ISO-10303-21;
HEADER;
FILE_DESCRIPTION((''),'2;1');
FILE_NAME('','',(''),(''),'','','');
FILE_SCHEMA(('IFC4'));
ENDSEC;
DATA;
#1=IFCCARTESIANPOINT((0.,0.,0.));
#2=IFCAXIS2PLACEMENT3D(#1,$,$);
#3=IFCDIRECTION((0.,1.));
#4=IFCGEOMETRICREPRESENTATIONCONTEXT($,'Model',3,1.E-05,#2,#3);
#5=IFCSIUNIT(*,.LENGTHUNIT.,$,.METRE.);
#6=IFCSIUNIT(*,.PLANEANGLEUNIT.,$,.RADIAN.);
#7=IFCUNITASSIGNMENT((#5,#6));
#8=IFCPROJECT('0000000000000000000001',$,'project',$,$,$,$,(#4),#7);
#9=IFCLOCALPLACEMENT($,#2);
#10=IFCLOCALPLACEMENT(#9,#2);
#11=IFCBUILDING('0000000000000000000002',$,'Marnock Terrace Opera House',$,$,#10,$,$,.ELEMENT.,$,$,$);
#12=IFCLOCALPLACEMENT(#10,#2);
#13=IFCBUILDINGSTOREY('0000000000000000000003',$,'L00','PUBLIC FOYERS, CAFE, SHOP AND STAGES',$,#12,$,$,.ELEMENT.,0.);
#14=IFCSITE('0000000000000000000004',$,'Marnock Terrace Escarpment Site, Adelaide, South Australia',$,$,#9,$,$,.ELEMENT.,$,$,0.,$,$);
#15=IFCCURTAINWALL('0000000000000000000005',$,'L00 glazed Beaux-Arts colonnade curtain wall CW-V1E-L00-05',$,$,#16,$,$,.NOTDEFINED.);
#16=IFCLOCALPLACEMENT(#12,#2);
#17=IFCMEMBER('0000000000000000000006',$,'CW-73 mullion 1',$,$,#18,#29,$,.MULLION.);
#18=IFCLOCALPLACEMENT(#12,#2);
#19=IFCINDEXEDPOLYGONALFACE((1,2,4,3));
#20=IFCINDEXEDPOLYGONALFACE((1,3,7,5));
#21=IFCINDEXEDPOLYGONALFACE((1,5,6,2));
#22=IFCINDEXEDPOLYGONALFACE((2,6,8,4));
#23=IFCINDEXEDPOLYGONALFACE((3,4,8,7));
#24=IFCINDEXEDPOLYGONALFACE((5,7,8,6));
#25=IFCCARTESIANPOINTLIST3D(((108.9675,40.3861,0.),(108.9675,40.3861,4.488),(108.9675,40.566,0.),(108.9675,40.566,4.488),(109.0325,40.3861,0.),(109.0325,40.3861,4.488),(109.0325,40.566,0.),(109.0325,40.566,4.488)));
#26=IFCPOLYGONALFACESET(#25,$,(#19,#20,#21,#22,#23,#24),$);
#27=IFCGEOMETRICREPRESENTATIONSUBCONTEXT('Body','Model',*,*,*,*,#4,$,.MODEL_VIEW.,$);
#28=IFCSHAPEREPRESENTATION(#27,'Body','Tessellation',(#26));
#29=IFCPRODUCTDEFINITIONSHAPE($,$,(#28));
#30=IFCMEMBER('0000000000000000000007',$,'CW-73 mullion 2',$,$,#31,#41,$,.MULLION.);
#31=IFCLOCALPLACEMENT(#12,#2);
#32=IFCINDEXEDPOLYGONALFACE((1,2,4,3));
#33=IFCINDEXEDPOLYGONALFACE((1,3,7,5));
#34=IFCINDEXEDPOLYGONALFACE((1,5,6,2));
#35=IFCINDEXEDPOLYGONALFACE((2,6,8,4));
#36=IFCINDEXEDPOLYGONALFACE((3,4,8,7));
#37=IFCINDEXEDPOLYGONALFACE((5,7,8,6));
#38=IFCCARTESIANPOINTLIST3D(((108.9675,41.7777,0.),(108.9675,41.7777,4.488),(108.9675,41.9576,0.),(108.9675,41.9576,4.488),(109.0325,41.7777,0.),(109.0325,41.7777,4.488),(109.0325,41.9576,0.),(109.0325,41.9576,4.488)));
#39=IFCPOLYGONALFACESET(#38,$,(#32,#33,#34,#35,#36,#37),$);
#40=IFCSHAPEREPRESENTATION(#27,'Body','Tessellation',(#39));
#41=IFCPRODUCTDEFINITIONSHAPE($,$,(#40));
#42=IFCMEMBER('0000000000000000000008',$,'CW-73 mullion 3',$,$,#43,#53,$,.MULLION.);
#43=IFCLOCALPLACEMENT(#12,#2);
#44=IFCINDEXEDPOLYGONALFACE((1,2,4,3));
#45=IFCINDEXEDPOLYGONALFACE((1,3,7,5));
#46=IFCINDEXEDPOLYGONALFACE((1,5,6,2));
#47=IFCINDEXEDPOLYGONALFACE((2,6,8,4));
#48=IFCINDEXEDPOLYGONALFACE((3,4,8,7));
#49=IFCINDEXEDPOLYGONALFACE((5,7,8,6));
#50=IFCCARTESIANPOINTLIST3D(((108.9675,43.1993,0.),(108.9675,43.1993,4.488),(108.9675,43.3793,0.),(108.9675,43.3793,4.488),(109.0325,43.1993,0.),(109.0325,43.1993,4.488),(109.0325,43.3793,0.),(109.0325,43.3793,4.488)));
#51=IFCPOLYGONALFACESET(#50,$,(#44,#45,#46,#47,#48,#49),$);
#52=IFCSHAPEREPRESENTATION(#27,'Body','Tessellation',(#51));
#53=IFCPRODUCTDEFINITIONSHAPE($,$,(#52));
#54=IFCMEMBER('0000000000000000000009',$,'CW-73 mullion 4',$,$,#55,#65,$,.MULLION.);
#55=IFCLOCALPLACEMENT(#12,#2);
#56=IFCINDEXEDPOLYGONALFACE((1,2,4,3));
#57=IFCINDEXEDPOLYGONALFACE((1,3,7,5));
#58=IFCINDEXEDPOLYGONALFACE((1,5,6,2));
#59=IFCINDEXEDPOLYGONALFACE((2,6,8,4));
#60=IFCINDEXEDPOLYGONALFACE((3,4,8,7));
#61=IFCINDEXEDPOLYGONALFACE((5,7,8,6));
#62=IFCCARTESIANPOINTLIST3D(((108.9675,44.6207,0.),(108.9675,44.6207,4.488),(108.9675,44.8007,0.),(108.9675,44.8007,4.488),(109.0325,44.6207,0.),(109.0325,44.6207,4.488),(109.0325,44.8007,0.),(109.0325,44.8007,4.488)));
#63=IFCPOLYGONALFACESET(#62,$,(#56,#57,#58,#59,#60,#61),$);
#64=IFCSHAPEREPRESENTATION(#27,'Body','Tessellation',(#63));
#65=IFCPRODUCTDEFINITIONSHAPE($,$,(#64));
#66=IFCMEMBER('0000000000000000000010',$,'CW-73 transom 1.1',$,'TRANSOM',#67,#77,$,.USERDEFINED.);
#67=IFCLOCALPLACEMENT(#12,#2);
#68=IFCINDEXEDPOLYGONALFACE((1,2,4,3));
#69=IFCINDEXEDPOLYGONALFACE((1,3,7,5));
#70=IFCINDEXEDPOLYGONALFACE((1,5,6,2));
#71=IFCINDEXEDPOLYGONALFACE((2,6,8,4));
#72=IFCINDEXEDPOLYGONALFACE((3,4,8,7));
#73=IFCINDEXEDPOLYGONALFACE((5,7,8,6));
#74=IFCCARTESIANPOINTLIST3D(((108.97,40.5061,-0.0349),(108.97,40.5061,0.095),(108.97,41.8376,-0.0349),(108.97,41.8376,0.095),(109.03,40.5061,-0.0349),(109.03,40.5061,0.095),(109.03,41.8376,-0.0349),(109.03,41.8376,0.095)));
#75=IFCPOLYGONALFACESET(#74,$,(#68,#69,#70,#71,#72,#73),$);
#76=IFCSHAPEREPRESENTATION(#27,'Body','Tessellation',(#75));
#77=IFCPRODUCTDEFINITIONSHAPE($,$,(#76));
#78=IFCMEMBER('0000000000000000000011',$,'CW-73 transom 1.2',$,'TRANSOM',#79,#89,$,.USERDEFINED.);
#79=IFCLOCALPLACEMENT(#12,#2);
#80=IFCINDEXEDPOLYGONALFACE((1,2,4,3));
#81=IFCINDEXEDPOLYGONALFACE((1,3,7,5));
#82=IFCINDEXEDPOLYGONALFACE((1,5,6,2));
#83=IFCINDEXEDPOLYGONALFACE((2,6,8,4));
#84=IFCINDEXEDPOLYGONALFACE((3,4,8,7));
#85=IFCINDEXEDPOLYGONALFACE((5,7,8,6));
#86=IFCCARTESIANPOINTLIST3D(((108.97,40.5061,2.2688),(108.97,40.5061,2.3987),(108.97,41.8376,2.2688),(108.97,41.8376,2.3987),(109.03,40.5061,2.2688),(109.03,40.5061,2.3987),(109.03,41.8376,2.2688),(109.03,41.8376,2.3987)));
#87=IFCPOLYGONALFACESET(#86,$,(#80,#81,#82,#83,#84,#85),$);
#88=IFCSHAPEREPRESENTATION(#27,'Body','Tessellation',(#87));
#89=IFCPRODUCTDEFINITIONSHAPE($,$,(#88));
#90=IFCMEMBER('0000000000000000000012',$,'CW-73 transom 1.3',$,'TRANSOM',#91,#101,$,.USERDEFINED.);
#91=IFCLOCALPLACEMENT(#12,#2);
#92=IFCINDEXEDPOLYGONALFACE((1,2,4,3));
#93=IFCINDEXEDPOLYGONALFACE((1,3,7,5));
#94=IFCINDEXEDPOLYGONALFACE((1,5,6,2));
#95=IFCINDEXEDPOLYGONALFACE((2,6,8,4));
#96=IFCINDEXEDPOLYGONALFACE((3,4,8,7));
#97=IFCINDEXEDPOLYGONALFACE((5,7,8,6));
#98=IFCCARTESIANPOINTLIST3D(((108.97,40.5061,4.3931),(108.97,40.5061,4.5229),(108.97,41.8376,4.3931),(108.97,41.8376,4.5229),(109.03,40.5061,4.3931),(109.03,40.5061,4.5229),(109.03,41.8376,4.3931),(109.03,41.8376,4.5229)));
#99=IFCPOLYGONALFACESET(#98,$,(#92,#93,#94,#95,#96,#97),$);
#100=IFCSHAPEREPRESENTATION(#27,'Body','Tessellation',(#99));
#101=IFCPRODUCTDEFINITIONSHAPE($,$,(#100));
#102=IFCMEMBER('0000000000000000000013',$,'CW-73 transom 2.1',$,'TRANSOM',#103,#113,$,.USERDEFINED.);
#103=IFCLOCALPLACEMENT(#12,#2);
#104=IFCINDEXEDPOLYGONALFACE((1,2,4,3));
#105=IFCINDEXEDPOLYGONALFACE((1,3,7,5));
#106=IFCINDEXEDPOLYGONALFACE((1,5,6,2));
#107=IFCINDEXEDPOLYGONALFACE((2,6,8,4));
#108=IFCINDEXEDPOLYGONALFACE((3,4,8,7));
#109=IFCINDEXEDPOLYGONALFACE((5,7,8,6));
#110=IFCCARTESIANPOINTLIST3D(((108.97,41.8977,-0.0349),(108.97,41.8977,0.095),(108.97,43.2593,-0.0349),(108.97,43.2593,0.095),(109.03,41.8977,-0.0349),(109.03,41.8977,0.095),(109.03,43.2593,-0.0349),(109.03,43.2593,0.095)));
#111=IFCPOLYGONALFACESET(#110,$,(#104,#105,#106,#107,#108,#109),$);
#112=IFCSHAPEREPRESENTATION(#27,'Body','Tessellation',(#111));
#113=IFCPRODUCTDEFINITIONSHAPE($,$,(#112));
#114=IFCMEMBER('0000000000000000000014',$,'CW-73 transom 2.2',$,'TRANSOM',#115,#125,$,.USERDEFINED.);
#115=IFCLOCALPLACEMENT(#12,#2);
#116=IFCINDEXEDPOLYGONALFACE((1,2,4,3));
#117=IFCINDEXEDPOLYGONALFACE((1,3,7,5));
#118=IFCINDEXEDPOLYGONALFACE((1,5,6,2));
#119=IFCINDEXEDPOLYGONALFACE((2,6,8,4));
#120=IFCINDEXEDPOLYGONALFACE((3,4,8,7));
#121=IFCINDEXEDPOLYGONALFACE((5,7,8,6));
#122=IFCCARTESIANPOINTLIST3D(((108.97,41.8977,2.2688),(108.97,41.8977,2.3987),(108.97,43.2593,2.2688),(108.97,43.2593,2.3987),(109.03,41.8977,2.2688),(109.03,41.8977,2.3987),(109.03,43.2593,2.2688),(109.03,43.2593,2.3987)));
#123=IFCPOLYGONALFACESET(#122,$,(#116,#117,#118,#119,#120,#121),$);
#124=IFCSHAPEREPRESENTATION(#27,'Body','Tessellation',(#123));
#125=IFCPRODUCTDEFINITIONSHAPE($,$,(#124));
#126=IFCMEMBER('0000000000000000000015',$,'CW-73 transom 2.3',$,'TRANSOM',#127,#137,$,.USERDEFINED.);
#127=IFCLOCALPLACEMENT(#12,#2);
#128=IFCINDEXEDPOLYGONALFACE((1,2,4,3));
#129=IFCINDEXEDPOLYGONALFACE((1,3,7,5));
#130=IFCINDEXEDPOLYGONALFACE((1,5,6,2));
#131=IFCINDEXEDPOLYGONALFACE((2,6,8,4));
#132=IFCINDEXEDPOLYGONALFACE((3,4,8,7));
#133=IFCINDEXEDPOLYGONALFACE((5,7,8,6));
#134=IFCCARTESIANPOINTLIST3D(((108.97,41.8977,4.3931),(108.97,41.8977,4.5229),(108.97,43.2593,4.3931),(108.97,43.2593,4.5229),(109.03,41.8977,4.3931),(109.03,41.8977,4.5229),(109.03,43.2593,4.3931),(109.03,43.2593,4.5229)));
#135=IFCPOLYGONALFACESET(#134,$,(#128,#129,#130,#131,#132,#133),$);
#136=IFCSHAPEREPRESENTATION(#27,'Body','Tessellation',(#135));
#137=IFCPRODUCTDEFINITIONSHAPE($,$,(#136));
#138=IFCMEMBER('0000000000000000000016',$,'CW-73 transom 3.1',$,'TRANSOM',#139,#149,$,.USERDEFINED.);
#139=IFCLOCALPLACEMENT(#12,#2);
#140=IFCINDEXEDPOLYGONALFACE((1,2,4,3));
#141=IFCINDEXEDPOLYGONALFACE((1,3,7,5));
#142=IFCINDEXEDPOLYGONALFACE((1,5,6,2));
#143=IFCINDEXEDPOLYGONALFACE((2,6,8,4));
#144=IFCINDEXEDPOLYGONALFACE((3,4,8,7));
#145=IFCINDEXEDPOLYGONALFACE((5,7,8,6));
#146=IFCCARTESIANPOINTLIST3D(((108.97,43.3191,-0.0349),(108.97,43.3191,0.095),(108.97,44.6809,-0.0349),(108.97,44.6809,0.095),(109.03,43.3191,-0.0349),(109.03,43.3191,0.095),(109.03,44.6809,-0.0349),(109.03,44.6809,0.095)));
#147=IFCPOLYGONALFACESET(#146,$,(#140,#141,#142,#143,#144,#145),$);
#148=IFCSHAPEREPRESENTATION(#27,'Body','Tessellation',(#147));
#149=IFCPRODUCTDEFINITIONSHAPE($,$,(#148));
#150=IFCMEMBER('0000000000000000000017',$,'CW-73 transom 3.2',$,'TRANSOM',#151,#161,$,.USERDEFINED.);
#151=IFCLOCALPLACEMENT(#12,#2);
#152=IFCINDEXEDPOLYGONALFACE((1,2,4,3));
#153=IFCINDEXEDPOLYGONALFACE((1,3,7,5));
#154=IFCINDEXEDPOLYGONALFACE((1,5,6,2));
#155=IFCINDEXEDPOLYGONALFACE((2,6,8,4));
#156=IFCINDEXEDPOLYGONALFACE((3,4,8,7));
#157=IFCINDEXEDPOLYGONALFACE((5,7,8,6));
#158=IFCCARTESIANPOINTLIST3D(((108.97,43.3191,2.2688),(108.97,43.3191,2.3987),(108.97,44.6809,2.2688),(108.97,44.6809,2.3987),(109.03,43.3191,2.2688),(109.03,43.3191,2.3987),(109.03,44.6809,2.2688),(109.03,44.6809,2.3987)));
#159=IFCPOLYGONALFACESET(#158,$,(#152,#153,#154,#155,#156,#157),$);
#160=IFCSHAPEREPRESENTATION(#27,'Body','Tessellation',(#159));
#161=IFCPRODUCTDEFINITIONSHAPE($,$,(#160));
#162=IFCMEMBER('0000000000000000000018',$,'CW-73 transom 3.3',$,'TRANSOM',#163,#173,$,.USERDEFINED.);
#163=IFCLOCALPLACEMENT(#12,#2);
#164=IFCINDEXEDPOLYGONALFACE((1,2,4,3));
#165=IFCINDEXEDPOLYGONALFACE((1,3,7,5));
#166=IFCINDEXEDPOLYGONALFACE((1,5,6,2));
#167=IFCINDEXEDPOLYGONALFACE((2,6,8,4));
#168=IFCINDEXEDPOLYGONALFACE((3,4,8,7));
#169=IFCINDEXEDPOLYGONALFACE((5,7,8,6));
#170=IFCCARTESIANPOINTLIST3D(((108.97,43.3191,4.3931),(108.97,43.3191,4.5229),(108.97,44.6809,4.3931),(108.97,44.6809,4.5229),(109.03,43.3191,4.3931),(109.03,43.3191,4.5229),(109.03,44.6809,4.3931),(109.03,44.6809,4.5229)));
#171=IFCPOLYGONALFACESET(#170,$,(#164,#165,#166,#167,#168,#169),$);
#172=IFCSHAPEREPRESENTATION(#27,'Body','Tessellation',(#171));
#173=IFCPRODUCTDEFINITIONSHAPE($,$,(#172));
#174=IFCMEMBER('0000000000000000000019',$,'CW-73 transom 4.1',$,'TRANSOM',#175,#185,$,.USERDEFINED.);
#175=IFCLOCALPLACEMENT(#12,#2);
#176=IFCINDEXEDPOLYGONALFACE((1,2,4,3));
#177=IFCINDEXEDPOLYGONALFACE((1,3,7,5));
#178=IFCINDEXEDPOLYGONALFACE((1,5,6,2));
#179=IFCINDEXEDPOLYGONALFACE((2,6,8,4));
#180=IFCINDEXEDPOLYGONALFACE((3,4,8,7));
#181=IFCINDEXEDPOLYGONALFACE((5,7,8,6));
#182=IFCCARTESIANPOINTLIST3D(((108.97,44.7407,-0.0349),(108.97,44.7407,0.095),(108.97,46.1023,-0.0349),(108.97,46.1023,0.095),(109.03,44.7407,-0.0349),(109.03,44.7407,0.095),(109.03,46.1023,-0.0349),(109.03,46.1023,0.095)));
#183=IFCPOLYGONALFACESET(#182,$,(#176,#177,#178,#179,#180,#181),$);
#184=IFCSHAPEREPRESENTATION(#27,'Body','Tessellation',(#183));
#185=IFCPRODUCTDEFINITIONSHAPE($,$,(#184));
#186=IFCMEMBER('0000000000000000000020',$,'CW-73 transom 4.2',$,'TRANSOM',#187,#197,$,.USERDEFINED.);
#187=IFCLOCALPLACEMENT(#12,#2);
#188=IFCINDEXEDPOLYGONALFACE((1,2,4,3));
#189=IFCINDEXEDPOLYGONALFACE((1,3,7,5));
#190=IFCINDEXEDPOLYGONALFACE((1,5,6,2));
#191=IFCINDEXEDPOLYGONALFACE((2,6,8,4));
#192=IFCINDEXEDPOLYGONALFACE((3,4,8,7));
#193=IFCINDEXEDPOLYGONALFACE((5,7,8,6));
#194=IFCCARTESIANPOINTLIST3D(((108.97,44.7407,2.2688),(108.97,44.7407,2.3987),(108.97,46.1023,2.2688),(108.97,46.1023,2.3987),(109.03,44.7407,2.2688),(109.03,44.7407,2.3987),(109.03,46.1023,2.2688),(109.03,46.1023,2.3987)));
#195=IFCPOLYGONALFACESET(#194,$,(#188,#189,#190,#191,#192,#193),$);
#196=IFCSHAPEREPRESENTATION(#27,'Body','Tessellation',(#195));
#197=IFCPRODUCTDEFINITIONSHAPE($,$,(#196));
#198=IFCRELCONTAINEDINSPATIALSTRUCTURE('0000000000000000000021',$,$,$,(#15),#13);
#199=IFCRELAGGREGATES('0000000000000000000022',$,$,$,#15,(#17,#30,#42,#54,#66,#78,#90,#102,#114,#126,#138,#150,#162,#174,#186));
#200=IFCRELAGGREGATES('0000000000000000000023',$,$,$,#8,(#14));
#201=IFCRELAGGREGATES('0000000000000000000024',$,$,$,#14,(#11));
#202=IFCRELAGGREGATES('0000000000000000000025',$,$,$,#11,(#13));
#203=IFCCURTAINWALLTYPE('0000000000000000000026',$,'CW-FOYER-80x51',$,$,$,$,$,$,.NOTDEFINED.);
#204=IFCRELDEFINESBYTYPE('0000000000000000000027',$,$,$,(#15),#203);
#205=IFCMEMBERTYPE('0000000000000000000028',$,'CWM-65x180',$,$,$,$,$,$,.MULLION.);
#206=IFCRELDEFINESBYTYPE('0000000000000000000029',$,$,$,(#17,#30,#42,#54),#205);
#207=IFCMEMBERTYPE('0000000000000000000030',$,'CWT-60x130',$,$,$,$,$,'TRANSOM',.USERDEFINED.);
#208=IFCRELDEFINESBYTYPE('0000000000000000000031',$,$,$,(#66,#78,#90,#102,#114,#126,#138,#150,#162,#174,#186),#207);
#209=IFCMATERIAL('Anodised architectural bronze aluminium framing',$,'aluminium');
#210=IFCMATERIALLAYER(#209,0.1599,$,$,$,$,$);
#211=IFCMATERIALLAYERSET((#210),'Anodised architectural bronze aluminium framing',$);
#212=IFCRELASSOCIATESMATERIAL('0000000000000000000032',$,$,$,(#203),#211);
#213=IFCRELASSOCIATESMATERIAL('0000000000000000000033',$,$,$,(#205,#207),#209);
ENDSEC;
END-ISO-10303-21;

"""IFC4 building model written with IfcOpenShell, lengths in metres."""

from ifc_helpers import new_model, si_unit, direction, frame, origin, origin_2d, place, context, subcontext, project, spatial, rectangle, extrude, material, layer, layer_set, material_profile, profile_set, type_object, element, aggregate, save


model = new_model("IFC4")

# Units and contexts
model_context = context("Model", 3, precision=1e-05, world=origin(), true_north=direction((0.0, 1.0)))
body_context = subcontext(model_context, "Body", "Model", "MODEL_VIEW")
ifc_project = project(units=[si_unit("LENGTHUNIT", "METRE"), si_unit("PLANEANGLEUNIT", "RADIAN")], contexts=[model_context])

# Site, building, storey
site_placement = place(None, origin())
site = spatial("IfcSite", under=ifc_project, at=site_placement, Name="Marnock Terrace Escarpment Site, Adelaide, South Australia", CompositionType="ELEMENT", RefElevation=0.0)
building_placement = place(site_placement, origin())
building = spatial("IfcBuilding", under=site, at=building_placement, Name="Marnock Terrace Opera House", CompositionType="ELEMENT")
storey_placement = place(building_placement, origin())
storey = spatial("IfcBuildingStorey", under=building, at=storey_placement, Name="L00", Description="PUBLIC FOYERS, CAFE, SHOP AND STAGES", CompositionType="ELEMENT", Elevation=0.0)

# Curtain wall, members
ifc_material_1 = material(Name="Anodised architectural bronze aluminium framing", Category="aluminium")
ifc_layer_1 = layer(ifc_material_1, 0.1599)
ifc_layer_set_1 = layer_set([ifc_layer_1], Name="Anodised architectural bronze aluminium framing")
curtain_wall_type = type_object("IfcCurtainWallType", Name="CW-FOYER-80x51", PredefinedType="NOTDEFINED", material=ifc_layer_set_1)
curtain_wall_placement = place(storey_placement, origin())
curtain_wall = element("IfcCurtainWall", 1, at=curtain_wall_placement, inside=storey, type_object=curtain_wall_type, Name="L00 glazed Beaux-Arts colonnade curtain wall CW-V1E-L00-05", PredefinedType="NOTDEFINED")
ifc_material_profile_1 = material_profile(ifc_material_1, rectangle(XDim=0.0649, YDim=0.1799, at=origin_2d()))
ifc_profile_set_1 = profile_set([ifc_material_profile_1], Name="Anodised architectural bronze aluminium framing")
member_type_1 = type_object("IfcMemberType", Name="CWM-65x180", PredefinedType="MULLION", material=ifc_profile_set_1)
member_1_placement = place(storey_placement, frame((109.0, 40.4761, 0.0), z_axis=(0.0, 0.0, 1.0), x_axis=(-1.0, 0.0, 0.0)))
member_1 = element("IfcMember", 2, at=member_1_placement, type_object=member_type_1, Name="CW-73 mullion 1", PredefinedType="MULLION", context=body_context, shape_type="SweptSolid", body=[
    extrude(rectangle(XDim=0.0649, YDim=0.1799, at=origin_2d()), origin(), (0.0, 0.0, 1.0), 4.488),
])
member_2_placement = place(storey_placement, frame((109.0, 41.8677, 0.0), z_axis=(0.0, 0.0, 1.0), x_axis=(-1.0, 0.0, 0.0)))
member_2 = element("IfcMember", 3, at=member_2_placement, type_object=member_type_1, Name="CW-73 mullion 2", PredefinedType="MULLION", context=body_context, shape_type="SweptSolid", body=[
    extrude(rectangle(XDim=0.0649, YDim=0.1799, at=origin_2d()), origin(), (0.0, 0.0, 1.0), 4.488),
])
member_3_placement = place(storey_placement, frame((109.0, 43.2893, 0.0), z_axis=(0.0, 0.0, 1.0), x_axis=(-1.0, 0.0, 0.0)))
member_3 = element("IfcMember", 4, at=member_3_placement, type_object=member_type_1, Name="CW-73 mullion 3", PredefinedType="MULLION", context=body_context, shape_type="SweptSolid", body=[
    extrude(rectangle(XDim=0.0649, YDim=0.1799, at=origin_2d()), origin(), (0.0, 0.0, 1.0), 4.488),
])
member_4_placement = place(storey_placement, frame((109.0, 44.7107, 0.0), z_axis=(0.0, 0.0, 1.0), x_axis=(-1.0, 0.0, 0.0)))
member_4 = element("IfcMember", 5, at=member_4_placement, type_object=member_type_1, Name="CW-73 mullion 4", PredefinedType="MULLION", context=body_context, shape_type="SweptSolid", body=[
    extrude(rectangle(XDim=0.0649, YDim=0.1799, at=origin_2d()), origin(), (0.0, 0.0, 1.0), 4.488),
])
ifc_material_profile_2 = material_profile(ifc_material_1, rectangle(XDim=0.0601, YDim=0.1299, at=origin_2d()))
ifc_profile_set_2 = profile_set([ifc_material_profile_2], Name="Anodised architectural bronze aluminium framing")
member_type_2 = type_object("IfcMemberType", Name="CWT-60x130", ElementType="TRANSOM", PredefinedType="USERDEFINED", material=ifc_profile_set_2)
member_5_placement = place(storey_placement, frame((109.0, 40.5061, 0.03), z_axis=(0.0, 1.0, 0.0), x_axis=(-1.0, 0.0, 0.0)))
member_5 = element("IfcMember", 6, at=member_5_placement, type_object=member_type_2, Name="CW-73 transom 1.1", ObjectType="TRANSOM", PredefinedType="USERDEFINED", context=body_context, shape_type="SweptSolid", body=[
    extrude(rectangle(XDim=0.0601, YDim=0.1299, at=origin_2d()), origin(), (0.0, 0.0, 1.0), 1.3315),
])
member_6_placement = place(storey_placement, frame((109.0, 40.5061, 2.3337), z_axis=(0.0, 1.0, 0.0), x_axis=(-1.0, 0.0, 0.0)))
member_6 = element("IfcMember", 7, at=member_6_placement, type_object=member_type_2, Name="CW-73 transom 1.2", ObjectType="TRANSOM", PredefinedType="USERDEFINED", context=body_context, shape_type="SweptSolid", body=[
    extrude(rectangle(XDim=0.0601, YDim=0.1299, at=origin_2d()), origin(), (0.0, 0.0, 1.0), 1.3315),
])
member_7_placement = place(storey_placement, frame((109.0, 40.5061, 4.458), z_axis=(0.0, 1.0, 0.0), x_axis=(-1.0, 0.0, 0.0)))
member_7 = element("IfcMember", 8, at=member_7_placement, type_object=member_type_2, Name="CW-73 transom 1.3", ObjectType="TRANSOM", PredefinedType="USERDEFINED", context=body_context, shape_type="SweptSolid", body=[
    extrude(rectangle(XDim=0.0601, YDim=0.1299, at=origin_2d()), origin(), (0.0, 0.0, 1.0), 1.3315),
])
member_8_placement = place(storey_placement, frame((109.0, 41.8977, 0.03), z_axis=(0.0, 1.0, 0.0), x_axis=(-1.0, 0.0, 0.0)))
member_8 = element("IfcMember", 9, at=member_8_placement, type_object=member_type_2, Name="CW-73 transom 2.1", ObjectType="TRANSOM", PredefinedType="USERDEFINED", context=body_context, shape_type="SweptSolid", body=[
    extrude(rectangle(XDim=0.0601, YDim=0.1299, at=origin_2d()), origin(), (0.0, 0.0, 1.0), 1.3616),
])
member_9_placement = place(storey_placement, frame((109.0, 41.8977, 2.3337), z_axis=(0.0, 1.0, 0.0), x_axis=(-1.0, 0.0, 0.0)))
member_9 = element("IfcMember", 10, at=member_9_placement, type_object=member_type_2, Name="CW-73 transom 2.2", ObjectType="TRANSOM", PredefinedType="USERDEFINED", context=body_context, shape_type="SweptSolid", body=[
    extrude(rectangle(XDim=0.0601, YDim=0.1299, at=origin_2d()), origin(), (0.0, 0.0, 1.0), 1.3616),
])
member_10_placement = place(storey_placement, frame((109.0, 41.8977, 4.458), z_axis=(0.0, 1.0, 0.0), x_axis=(-1.0, 0.0, 0.0)))
member_10 = element("IfcMember", 11, at=member_10_placement, type_object=member_type_2, Name="CW-73 transom 2.3", ObjectType="TRANSOM", PredefinedType="USERDEFINED", context=body_context, shape_type="SweptSolid", body=[
    extrude(rectangle(XDim=0.0601, YDim=0.1299, at=origin_2d()), origin(), (0.0, 0.0, 1.0), 1.3616),
])
member_11_placement = place(storey_placement, frame((109.0, 43.3191, 0.03), z_axis=(0.0, 1.0, 0.0), x_axis=(-1.0, 0.0, 0.0)))
member_11 = element("IfcMember", 12, at=member_11_placement, type_object=member_type_2, Name="CW-73 transom 3.1", ObjectType="TRANSOM", PredefinedType="USERDEFINED", context=body_context, shape_type="SweptSolid", body=[
    extrude(rectangle(XDim=0.0601, YDim=0.1299, at=origin_2d()), origin(), (0.0, 0.0, 1.0), 1.3618),
])
member_12_placement = place(storey_placement, frame((109.0, 43.3191, 2.3337), z_axis=(0.0, 1.0, 0.0), x_axis=(-1.0, 0.0, 0.0)))
member_12 = element("IfcMember", 13, at=member_12_placement, type_object=member_type_2, Name="CW-73 transom 3.2", ObjectType="TRANSOM", PredefinedType="USERDEFINED", context=body_context, shape_type="SweptSolid", body=[
    extrude(rectangle(XDim=0.0601, YDim=0.1299, at=origin_2d()), origin(), (0.0, 0.0, 1.0), 1.3618),
])
member_13_placement = place(storey_placement, frame((109.0, 43.3191, 4.458), z_axis=(0.0, 1.0, 0.0), x_axis=(-1.0, 0.0, 0.0)))
member_13 = element("IfcMember", 14, at=member_13_placement, type_object=member_type_2, Name="CW-73 transom 3.3", ObjectType="TRANSOM", PredefinedType="USERDEFINED", context=body_context, shape_type="SweptSolid", body=[
    extrude(rectangle(XDim=0.0601, YDim=0.1299, at=origin_2d()), origin(), (0.0, 0.0, 1.0), 1.3618),
])
member_14_placement = place(storey_placement, frame((109.0, 44.7407, 0.03), z_axis=(0.0, 1.0, 0.0), x_axis=(-1.0, 0.0, 0.0)))
member_14 = element("IfcMember", 15, at=member_14_placement, type_object=member_type_2, Name="CW-73 transom 4.1", ObjectType="TRANSOM", PredefinedType="USERDEFINED", context=body_context, shape_type="SweptSolid", body=[
    extrude(rectangle(XDim=0.0601, YDim=0.1299, at=origin_2d()), origin(), (0.0, 0.0, 1.0), 1.3616),
])
member_15_placement = place(storey_placement, frame((109.0, 44.7407, 2.3337), z_axis=(0.0, 1.0, 0.0), x_axis=(-1.0, 0.0, 0.0)))
member_15 = element("IfcMember", 16, at=member_15_placement, type_object=member_type_2, Name="CW-73 transom 4.2", ObjectType="TRANSOM", PredefinedType="USERDEFINED", context=body_context, shape_type="SweptSolid", body=[
    extrude(rectangle(XDim=0.0601, YDim=0.1299, at=origin_2d()), origin(), (0.0, 0.0, 1.0), 1.3616),
])
aggregate(curtain_wall, [member_1, member_2, member_3, member_4, member_5, member_6, member_7, member_8, member_9, member_10, member_11, member_12, member_13, member_14, member_15])

save(model, "model.ifc")
